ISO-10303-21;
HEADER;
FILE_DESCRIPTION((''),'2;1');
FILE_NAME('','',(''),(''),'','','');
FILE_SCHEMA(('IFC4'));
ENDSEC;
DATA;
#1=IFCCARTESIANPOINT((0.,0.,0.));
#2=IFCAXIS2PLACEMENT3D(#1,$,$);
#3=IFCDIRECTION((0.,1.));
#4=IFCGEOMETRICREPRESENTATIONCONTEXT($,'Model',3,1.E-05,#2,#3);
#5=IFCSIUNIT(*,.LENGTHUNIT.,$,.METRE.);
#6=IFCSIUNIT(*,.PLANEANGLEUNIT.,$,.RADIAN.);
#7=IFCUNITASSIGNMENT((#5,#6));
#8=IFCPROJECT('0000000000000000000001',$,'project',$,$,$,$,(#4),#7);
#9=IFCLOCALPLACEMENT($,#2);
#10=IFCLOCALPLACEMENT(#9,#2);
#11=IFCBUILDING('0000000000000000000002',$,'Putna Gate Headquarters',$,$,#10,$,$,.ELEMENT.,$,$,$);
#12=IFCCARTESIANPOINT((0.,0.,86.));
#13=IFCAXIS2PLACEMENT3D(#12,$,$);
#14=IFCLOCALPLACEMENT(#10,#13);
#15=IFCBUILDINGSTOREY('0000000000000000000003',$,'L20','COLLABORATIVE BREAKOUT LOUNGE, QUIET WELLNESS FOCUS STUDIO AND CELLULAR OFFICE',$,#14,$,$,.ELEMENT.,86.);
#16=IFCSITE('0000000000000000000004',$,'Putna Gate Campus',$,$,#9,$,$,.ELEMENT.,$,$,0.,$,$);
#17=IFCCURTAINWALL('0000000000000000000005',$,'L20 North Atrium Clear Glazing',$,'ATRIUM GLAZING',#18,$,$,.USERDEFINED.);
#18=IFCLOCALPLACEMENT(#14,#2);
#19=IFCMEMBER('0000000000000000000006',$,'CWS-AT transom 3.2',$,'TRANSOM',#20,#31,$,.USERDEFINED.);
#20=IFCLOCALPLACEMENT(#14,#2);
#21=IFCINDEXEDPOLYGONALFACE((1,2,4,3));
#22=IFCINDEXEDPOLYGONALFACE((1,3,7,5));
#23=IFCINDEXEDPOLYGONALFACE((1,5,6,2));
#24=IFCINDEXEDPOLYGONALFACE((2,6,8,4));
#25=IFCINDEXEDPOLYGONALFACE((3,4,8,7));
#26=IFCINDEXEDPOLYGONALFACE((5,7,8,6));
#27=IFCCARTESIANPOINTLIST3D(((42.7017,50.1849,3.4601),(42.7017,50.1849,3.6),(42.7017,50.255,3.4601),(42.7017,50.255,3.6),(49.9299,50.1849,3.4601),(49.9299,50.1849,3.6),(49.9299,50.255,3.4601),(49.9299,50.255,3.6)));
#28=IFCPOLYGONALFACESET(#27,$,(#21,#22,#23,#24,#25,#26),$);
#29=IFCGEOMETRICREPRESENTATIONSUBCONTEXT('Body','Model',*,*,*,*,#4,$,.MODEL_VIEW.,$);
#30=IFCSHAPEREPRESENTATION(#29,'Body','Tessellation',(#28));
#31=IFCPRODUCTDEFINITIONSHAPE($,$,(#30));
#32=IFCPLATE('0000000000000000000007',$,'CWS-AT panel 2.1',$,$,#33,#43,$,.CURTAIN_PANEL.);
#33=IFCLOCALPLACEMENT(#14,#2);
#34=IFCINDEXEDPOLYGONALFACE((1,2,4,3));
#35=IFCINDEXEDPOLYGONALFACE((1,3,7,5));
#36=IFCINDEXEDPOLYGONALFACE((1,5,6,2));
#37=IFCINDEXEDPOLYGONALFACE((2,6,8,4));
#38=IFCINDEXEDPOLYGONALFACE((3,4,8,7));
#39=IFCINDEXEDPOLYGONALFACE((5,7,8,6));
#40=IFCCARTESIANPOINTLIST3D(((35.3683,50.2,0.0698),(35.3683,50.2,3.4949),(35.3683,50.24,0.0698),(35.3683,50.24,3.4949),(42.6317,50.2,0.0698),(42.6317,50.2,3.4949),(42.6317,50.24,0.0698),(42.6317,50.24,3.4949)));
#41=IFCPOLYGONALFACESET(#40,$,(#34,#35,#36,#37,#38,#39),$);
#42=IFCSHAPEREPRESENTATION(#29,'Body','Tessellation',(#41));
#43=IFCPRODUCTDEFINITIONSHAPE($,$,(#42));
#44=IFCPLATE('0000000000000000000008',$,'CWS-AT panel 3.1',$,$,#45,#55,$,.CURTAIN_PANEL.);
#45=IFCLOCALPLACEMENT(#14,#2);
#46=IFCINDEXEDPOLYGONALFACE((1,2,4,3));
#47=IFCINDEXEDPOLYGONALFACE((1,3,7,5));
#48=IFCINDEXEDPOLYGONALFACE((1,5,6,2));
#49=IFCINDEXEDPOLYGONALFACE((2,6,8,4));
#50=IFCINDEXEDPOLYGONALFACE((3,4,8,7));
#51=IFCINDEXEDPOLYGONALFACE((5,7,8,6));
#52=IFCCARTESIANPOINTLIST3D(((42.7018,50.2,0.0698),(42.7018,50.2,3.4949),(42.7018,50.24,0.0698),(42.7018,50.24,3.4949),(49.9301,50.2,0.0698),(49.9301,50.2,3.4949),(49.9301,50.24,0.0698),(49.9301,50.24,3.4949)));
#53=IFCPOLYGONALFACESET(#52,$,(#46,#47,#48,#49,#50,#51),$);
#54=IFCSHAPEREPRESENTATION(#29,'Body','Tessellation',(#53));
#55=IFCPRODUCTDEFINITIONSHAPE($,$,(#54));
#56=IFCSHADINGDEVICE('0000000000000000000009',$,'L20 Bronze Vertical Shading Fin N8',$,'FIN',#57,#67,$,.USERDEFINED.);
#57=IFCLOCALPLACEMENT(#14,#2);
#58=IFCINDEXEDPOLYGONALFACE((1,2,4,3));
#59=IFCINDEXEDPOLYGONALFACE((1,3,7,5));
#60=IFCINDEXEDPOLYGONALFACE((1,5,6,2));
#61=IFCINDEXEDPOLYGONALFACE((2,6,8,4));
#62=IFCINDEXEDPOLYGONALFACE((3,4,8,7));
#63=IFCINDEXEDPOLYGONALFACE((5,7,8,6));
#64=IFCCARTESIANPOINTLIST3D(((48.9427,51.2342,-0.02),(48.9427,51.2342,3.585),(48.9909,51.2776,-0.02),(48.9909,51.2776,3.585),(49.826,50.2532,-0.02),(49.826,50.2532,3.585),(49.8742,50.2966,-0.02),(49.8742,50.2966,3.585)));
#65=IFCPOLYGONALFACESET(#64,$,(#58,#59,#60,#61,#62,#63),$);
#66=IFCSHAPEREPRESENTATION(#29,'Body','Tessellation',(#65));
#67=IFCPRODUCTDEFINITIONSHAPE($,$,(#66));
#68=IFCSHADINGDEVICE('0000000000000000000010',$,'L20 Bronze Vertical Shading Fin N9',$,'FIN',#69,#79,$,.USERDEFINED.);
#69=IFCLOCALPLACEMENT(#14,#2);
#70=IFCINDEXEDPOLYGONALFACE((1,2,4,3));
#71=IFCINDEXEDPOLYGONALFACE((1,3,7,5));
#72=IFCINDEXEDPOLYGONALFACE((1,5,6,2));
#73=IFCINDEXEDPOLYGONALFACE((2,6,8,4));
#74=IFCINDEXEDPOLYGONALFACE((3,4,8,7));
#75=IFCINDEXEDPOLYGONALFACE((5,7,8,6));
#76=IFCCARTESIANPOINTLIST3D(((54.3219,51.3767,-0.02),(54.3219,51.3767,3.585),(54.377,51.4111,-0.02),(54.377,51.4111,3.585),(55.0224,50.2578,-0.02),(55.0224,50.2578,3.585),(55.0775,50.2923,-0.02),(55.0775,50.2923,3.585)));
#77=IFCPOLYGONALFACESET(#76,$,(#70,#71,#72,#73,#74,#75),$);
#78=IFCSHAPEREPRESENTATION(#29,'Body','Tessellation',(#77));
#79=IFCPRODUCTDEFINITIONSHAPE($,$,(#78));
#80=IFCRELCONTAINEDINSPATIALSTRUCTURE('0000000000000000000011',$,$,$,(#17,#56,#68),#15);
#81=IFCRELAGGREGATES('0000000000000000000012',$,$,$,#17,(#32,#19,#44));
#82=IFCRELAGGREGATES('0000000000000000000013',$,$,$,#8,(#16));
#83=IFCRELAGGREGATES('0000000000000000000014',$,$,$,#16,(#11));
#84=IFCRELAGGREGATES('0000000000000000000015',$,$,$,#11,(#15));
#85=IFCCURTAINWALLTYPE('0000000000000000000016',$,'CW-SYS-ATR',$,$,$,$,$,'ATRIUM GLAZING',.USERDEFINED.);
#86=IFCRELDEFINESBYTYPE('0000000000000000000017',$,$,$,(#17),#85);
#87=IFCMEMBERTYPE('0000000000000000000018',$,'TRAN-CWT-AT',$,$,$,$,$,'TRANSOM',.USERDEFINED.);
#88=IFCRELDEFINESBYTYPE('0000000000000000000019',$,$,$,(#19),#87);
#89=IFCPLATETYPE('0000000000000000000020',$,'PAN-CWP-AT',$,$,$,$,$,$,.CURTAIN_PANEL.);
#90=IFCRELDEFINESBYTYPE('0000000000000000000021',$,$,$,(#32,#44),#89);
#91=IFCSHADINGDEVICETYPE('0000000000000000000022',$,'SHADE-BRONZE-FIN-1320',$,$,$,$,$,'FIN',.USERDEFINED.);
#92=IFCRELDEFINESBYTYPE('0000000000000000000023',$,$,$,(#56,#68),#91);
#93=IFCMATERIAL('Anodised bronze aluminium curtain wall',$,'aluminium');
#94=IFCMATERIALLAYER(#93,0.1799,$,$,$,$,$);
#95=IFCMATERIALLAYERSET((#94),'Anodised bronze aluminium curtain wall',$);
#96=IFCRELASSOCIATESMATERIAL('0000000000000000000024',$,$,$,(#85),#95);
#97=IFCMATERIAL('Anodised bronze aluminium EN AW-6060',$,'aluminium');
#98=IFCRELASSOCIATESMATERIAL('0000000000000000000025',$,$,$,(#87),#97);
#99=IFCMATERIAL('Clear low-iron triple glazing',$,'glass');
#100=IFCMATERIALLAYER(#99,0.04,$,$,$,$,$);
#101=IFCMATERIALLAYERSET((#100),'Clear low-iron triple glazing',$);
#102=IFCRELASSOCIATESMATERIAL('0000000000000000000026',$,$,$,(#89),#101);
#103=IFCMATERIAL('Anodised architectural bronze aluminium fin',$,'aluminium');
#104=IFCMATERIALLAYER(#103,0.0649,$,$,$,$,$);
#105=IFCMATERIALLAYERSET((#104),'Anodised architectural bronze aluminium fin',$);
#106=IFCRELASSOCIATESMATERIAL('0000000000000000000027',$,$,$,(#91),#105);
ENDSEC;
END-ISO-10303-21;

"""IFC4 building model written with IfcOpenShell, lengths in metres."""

from ifc_helpers import new_model, si_unit, direction, frame, origin, origin_2d, place, context, subcontext, project, spatial, rectangle, extrude, material, layer, layer_set, material_profile, profile_set, type_object, element, aggregate, save


model = new_model("IFC4")

# Units and contexts
model_context = context("Model", 3, precision=1e-05, world=origin(), true_north=direction((0.0, 1.0)))
body_context = subcontext(model_context, "Body", "Model", "MODEL_VIEW")
ifc_project = project(units=[si_unit("LENGTHUNIT", "METRE"), si_unit("PLANEANGLEUNIT", "RADIAN")], contexts=[model_context])

# Site, building, storey
site_placement = place(None, origin())
site = spatial("IfcSite", under=ifc_project, at=site_placement, Name="Putna Gate Campus", CompositionType="ELEMENT", RefElevation=0.0)
building_placement = place(site_placement, origin())
building = spatial("IfcBuilding", under=site, at=building_placement, Name="Putna Gate Headquarters", CompositionType="ELEMENT")
storey_placement = place(building_placement, frame((0.0, 0.0, 86.0)))
storey = spatial("IfcBuildingStorey", under=building, at=storey_placement, Name="L20", Description="COLLABORATIVE BREAKOUT LOUNGE, QUIET WELLNESS FOCUS STUDIO AND CELLULAR OFFICE", CompositionType="ELEMENT", Elevation=86.0)

# Shared definitions
ifc_material_1 = material(Name="Anodised bronze aluminium curtain wall", Category="aluminium")
ifc_material_2 = material(Name="Anodised bronze aluminium EN AW-6060", Category="aluminium")

# Curtain wall
ifc_layer_1 = layer(ifc_material_1, 0.1799)
ifc_layer_set_1 = layer_set([ifc_layer_1], Name="Anodised bronze aluminium curtain wall")
curtain_wall_type_1 = type_object("IfcCurtainWallType", Name="CW-SYS-ATR", ElementType="ATRIUM GLAZING", PredefinedType="USERDEFINED", material=ifc_layer_set_1)
curtain_wall_1_placement = place(storey_placement, origin())
curtain_wall_1 = element("IfcCurtainWall", 1, at=curtain_wall_1_placement, inside=storey, type_object=curtain_wall_type_1, Name="L20 North Atrium Clear Glazing", ObjectType="ATRIUM GLAZING", PredefinedType="USERDEFINED")

# Member
ifc_material_profile_1 = material_profile(ifc_material_2, rectangle(XDim=0.0701, YDim=0.1399, at=origin_2d()), Name="Anodised bronze aluminium EN AW-6060")
ifc_profile_set_1 = profile_set([ifc_material_profile_1], Name="Anodised bronze aluminium EN AW-6060")
member_type_1 = type_object("IfcMemberType", Name="TRAN-CWT-AT", ElementType="TRANSOM", PredefinedType="USERDEFINED", material=ifc_profile_set_1)
member_1_placement = place(storey_placement, frame((42.7017, 50.22, 3.53), z_axis=(1.0, 0.0, 0.0), x_axis=(0.0, 1.0, 0.0)))
member_1 = element("IfcMember", 2, at=member_1_placement, type_object=member_type_1, Name="CWS-AT transom 3.2", ObjectType="TRANSOM", PredefinedType="USERDEFINED", context=body_context, shape_type="SweptSolid", body=[
    extrude(rectangle(XDim=0.0701, YDim=0.1399, at=origin_2d()), origin(), (0.0, 0.0, 1.0), 7.2283),
])

# Plates
ifc_material_3 = material(Name="Clear low-iron triple glazing", Category="glass")
ifc_layer_2 = layer(ifc_material_3, 0.04)
ifc_layer_set_2 = layer_set([ifc_layer_2], Name="Clear low-iron triple glazing")
plate_type = type_object("IfcPlateType", Name="PAN-CWP-AT", PredefinedType="CURTAIN_PANEL", material=ifc_layer_set_2)
plate_1_placement = place(storey_placement, frame((39.0, 50.22, 0.0698), z_axis=(0.0, 0.0, 1.0), x_axis=(1.0, 0.0, 0.0)))
plate_1 = element("IfcPlate", 3, at=plate_1_placement, type_object=plate_type, Name="CWS-AT panel 2.1", PredefinedType="CURTAIN_PANEL", context=body_context, shape_type="SweptSolid", body=[
    extrude(rectangle(XDim=7.2634, YDim=0.04, at=origin_2d()), origin(), (0.0, 0.0, 1.0), 3.425),
])
plate_2_placement = place(storey_placement, frame((46.3159, 50.22, 0.0698), z_axis=(0.0, 0.0, 1.0), x_axis=(1.0, 0.0, 0.0)))
plate_2 = element("IfcPlate", 4, at=plate_2_placement, type_object=plate_type, Name="CWS-AT panel 3.1", PredefinedType="CURTAIN_PANEL", context=body_context, shape_type="SweptSolid", body=[
    extrude(rectangle(XDim=7.2283, YDim=0.04, at=origin_2d()), origin(), (0.0, 0.0, 1.0), 3.425),
])
aggregate(curtain_wall_1, [plate_1, member_1, plate_2])

# Shading devices
ifc_material_4 = material(Name="Anodised architectural bronze aluminium fin", Category="aluminium")
ifc_layer_3 = layer(ifc_material_4, 0.0649)
ifc_layer_set_3 = layer_set([ifc_layer_3], Name="Anodised architectural bronze aluminium fin")
shading_device_type = type_object("IfcShadingDeviceType", Name="SHADE-BRONZE-FIN-1320", ElementType="FIN", PredefinedType="USERDEFINED", material=ifc_layer_set_3)
for number, where, z_axis, x_axis, name in (
    (5, (49.4084, 50.7654, -0.02), (0.0, 0.0, 1.0), (-0.669131, 0.743145, 0.0), "L20 Bronze Vertical Shading Fin N8"),
    (6, (54.6997, 50.8345, -0.02), (0.0, 0.0, 1.0), (-0.530659, 0.847585, 0.0), "L20 Bronze Vertical Shading Fin N9"),
):
    element("IfcShadingDevice", number, at=place(storey_placement, frame(where, z_axis=z_axis, x_axis=x_axis)), inside=storey, type_object=shading_device_type, Name=name, ObjectType="FIN", PredefinedType="USERDEFINED", context=body_context, shape_type="SweptSolid", body=[
        extrude(rectangle(XDim=1.3201, YDim=0.0649, at=origin_2d()), origin(), (0.0, 0.0, 1.0), 3.605),
    ])

save(model, "model.ifc")
